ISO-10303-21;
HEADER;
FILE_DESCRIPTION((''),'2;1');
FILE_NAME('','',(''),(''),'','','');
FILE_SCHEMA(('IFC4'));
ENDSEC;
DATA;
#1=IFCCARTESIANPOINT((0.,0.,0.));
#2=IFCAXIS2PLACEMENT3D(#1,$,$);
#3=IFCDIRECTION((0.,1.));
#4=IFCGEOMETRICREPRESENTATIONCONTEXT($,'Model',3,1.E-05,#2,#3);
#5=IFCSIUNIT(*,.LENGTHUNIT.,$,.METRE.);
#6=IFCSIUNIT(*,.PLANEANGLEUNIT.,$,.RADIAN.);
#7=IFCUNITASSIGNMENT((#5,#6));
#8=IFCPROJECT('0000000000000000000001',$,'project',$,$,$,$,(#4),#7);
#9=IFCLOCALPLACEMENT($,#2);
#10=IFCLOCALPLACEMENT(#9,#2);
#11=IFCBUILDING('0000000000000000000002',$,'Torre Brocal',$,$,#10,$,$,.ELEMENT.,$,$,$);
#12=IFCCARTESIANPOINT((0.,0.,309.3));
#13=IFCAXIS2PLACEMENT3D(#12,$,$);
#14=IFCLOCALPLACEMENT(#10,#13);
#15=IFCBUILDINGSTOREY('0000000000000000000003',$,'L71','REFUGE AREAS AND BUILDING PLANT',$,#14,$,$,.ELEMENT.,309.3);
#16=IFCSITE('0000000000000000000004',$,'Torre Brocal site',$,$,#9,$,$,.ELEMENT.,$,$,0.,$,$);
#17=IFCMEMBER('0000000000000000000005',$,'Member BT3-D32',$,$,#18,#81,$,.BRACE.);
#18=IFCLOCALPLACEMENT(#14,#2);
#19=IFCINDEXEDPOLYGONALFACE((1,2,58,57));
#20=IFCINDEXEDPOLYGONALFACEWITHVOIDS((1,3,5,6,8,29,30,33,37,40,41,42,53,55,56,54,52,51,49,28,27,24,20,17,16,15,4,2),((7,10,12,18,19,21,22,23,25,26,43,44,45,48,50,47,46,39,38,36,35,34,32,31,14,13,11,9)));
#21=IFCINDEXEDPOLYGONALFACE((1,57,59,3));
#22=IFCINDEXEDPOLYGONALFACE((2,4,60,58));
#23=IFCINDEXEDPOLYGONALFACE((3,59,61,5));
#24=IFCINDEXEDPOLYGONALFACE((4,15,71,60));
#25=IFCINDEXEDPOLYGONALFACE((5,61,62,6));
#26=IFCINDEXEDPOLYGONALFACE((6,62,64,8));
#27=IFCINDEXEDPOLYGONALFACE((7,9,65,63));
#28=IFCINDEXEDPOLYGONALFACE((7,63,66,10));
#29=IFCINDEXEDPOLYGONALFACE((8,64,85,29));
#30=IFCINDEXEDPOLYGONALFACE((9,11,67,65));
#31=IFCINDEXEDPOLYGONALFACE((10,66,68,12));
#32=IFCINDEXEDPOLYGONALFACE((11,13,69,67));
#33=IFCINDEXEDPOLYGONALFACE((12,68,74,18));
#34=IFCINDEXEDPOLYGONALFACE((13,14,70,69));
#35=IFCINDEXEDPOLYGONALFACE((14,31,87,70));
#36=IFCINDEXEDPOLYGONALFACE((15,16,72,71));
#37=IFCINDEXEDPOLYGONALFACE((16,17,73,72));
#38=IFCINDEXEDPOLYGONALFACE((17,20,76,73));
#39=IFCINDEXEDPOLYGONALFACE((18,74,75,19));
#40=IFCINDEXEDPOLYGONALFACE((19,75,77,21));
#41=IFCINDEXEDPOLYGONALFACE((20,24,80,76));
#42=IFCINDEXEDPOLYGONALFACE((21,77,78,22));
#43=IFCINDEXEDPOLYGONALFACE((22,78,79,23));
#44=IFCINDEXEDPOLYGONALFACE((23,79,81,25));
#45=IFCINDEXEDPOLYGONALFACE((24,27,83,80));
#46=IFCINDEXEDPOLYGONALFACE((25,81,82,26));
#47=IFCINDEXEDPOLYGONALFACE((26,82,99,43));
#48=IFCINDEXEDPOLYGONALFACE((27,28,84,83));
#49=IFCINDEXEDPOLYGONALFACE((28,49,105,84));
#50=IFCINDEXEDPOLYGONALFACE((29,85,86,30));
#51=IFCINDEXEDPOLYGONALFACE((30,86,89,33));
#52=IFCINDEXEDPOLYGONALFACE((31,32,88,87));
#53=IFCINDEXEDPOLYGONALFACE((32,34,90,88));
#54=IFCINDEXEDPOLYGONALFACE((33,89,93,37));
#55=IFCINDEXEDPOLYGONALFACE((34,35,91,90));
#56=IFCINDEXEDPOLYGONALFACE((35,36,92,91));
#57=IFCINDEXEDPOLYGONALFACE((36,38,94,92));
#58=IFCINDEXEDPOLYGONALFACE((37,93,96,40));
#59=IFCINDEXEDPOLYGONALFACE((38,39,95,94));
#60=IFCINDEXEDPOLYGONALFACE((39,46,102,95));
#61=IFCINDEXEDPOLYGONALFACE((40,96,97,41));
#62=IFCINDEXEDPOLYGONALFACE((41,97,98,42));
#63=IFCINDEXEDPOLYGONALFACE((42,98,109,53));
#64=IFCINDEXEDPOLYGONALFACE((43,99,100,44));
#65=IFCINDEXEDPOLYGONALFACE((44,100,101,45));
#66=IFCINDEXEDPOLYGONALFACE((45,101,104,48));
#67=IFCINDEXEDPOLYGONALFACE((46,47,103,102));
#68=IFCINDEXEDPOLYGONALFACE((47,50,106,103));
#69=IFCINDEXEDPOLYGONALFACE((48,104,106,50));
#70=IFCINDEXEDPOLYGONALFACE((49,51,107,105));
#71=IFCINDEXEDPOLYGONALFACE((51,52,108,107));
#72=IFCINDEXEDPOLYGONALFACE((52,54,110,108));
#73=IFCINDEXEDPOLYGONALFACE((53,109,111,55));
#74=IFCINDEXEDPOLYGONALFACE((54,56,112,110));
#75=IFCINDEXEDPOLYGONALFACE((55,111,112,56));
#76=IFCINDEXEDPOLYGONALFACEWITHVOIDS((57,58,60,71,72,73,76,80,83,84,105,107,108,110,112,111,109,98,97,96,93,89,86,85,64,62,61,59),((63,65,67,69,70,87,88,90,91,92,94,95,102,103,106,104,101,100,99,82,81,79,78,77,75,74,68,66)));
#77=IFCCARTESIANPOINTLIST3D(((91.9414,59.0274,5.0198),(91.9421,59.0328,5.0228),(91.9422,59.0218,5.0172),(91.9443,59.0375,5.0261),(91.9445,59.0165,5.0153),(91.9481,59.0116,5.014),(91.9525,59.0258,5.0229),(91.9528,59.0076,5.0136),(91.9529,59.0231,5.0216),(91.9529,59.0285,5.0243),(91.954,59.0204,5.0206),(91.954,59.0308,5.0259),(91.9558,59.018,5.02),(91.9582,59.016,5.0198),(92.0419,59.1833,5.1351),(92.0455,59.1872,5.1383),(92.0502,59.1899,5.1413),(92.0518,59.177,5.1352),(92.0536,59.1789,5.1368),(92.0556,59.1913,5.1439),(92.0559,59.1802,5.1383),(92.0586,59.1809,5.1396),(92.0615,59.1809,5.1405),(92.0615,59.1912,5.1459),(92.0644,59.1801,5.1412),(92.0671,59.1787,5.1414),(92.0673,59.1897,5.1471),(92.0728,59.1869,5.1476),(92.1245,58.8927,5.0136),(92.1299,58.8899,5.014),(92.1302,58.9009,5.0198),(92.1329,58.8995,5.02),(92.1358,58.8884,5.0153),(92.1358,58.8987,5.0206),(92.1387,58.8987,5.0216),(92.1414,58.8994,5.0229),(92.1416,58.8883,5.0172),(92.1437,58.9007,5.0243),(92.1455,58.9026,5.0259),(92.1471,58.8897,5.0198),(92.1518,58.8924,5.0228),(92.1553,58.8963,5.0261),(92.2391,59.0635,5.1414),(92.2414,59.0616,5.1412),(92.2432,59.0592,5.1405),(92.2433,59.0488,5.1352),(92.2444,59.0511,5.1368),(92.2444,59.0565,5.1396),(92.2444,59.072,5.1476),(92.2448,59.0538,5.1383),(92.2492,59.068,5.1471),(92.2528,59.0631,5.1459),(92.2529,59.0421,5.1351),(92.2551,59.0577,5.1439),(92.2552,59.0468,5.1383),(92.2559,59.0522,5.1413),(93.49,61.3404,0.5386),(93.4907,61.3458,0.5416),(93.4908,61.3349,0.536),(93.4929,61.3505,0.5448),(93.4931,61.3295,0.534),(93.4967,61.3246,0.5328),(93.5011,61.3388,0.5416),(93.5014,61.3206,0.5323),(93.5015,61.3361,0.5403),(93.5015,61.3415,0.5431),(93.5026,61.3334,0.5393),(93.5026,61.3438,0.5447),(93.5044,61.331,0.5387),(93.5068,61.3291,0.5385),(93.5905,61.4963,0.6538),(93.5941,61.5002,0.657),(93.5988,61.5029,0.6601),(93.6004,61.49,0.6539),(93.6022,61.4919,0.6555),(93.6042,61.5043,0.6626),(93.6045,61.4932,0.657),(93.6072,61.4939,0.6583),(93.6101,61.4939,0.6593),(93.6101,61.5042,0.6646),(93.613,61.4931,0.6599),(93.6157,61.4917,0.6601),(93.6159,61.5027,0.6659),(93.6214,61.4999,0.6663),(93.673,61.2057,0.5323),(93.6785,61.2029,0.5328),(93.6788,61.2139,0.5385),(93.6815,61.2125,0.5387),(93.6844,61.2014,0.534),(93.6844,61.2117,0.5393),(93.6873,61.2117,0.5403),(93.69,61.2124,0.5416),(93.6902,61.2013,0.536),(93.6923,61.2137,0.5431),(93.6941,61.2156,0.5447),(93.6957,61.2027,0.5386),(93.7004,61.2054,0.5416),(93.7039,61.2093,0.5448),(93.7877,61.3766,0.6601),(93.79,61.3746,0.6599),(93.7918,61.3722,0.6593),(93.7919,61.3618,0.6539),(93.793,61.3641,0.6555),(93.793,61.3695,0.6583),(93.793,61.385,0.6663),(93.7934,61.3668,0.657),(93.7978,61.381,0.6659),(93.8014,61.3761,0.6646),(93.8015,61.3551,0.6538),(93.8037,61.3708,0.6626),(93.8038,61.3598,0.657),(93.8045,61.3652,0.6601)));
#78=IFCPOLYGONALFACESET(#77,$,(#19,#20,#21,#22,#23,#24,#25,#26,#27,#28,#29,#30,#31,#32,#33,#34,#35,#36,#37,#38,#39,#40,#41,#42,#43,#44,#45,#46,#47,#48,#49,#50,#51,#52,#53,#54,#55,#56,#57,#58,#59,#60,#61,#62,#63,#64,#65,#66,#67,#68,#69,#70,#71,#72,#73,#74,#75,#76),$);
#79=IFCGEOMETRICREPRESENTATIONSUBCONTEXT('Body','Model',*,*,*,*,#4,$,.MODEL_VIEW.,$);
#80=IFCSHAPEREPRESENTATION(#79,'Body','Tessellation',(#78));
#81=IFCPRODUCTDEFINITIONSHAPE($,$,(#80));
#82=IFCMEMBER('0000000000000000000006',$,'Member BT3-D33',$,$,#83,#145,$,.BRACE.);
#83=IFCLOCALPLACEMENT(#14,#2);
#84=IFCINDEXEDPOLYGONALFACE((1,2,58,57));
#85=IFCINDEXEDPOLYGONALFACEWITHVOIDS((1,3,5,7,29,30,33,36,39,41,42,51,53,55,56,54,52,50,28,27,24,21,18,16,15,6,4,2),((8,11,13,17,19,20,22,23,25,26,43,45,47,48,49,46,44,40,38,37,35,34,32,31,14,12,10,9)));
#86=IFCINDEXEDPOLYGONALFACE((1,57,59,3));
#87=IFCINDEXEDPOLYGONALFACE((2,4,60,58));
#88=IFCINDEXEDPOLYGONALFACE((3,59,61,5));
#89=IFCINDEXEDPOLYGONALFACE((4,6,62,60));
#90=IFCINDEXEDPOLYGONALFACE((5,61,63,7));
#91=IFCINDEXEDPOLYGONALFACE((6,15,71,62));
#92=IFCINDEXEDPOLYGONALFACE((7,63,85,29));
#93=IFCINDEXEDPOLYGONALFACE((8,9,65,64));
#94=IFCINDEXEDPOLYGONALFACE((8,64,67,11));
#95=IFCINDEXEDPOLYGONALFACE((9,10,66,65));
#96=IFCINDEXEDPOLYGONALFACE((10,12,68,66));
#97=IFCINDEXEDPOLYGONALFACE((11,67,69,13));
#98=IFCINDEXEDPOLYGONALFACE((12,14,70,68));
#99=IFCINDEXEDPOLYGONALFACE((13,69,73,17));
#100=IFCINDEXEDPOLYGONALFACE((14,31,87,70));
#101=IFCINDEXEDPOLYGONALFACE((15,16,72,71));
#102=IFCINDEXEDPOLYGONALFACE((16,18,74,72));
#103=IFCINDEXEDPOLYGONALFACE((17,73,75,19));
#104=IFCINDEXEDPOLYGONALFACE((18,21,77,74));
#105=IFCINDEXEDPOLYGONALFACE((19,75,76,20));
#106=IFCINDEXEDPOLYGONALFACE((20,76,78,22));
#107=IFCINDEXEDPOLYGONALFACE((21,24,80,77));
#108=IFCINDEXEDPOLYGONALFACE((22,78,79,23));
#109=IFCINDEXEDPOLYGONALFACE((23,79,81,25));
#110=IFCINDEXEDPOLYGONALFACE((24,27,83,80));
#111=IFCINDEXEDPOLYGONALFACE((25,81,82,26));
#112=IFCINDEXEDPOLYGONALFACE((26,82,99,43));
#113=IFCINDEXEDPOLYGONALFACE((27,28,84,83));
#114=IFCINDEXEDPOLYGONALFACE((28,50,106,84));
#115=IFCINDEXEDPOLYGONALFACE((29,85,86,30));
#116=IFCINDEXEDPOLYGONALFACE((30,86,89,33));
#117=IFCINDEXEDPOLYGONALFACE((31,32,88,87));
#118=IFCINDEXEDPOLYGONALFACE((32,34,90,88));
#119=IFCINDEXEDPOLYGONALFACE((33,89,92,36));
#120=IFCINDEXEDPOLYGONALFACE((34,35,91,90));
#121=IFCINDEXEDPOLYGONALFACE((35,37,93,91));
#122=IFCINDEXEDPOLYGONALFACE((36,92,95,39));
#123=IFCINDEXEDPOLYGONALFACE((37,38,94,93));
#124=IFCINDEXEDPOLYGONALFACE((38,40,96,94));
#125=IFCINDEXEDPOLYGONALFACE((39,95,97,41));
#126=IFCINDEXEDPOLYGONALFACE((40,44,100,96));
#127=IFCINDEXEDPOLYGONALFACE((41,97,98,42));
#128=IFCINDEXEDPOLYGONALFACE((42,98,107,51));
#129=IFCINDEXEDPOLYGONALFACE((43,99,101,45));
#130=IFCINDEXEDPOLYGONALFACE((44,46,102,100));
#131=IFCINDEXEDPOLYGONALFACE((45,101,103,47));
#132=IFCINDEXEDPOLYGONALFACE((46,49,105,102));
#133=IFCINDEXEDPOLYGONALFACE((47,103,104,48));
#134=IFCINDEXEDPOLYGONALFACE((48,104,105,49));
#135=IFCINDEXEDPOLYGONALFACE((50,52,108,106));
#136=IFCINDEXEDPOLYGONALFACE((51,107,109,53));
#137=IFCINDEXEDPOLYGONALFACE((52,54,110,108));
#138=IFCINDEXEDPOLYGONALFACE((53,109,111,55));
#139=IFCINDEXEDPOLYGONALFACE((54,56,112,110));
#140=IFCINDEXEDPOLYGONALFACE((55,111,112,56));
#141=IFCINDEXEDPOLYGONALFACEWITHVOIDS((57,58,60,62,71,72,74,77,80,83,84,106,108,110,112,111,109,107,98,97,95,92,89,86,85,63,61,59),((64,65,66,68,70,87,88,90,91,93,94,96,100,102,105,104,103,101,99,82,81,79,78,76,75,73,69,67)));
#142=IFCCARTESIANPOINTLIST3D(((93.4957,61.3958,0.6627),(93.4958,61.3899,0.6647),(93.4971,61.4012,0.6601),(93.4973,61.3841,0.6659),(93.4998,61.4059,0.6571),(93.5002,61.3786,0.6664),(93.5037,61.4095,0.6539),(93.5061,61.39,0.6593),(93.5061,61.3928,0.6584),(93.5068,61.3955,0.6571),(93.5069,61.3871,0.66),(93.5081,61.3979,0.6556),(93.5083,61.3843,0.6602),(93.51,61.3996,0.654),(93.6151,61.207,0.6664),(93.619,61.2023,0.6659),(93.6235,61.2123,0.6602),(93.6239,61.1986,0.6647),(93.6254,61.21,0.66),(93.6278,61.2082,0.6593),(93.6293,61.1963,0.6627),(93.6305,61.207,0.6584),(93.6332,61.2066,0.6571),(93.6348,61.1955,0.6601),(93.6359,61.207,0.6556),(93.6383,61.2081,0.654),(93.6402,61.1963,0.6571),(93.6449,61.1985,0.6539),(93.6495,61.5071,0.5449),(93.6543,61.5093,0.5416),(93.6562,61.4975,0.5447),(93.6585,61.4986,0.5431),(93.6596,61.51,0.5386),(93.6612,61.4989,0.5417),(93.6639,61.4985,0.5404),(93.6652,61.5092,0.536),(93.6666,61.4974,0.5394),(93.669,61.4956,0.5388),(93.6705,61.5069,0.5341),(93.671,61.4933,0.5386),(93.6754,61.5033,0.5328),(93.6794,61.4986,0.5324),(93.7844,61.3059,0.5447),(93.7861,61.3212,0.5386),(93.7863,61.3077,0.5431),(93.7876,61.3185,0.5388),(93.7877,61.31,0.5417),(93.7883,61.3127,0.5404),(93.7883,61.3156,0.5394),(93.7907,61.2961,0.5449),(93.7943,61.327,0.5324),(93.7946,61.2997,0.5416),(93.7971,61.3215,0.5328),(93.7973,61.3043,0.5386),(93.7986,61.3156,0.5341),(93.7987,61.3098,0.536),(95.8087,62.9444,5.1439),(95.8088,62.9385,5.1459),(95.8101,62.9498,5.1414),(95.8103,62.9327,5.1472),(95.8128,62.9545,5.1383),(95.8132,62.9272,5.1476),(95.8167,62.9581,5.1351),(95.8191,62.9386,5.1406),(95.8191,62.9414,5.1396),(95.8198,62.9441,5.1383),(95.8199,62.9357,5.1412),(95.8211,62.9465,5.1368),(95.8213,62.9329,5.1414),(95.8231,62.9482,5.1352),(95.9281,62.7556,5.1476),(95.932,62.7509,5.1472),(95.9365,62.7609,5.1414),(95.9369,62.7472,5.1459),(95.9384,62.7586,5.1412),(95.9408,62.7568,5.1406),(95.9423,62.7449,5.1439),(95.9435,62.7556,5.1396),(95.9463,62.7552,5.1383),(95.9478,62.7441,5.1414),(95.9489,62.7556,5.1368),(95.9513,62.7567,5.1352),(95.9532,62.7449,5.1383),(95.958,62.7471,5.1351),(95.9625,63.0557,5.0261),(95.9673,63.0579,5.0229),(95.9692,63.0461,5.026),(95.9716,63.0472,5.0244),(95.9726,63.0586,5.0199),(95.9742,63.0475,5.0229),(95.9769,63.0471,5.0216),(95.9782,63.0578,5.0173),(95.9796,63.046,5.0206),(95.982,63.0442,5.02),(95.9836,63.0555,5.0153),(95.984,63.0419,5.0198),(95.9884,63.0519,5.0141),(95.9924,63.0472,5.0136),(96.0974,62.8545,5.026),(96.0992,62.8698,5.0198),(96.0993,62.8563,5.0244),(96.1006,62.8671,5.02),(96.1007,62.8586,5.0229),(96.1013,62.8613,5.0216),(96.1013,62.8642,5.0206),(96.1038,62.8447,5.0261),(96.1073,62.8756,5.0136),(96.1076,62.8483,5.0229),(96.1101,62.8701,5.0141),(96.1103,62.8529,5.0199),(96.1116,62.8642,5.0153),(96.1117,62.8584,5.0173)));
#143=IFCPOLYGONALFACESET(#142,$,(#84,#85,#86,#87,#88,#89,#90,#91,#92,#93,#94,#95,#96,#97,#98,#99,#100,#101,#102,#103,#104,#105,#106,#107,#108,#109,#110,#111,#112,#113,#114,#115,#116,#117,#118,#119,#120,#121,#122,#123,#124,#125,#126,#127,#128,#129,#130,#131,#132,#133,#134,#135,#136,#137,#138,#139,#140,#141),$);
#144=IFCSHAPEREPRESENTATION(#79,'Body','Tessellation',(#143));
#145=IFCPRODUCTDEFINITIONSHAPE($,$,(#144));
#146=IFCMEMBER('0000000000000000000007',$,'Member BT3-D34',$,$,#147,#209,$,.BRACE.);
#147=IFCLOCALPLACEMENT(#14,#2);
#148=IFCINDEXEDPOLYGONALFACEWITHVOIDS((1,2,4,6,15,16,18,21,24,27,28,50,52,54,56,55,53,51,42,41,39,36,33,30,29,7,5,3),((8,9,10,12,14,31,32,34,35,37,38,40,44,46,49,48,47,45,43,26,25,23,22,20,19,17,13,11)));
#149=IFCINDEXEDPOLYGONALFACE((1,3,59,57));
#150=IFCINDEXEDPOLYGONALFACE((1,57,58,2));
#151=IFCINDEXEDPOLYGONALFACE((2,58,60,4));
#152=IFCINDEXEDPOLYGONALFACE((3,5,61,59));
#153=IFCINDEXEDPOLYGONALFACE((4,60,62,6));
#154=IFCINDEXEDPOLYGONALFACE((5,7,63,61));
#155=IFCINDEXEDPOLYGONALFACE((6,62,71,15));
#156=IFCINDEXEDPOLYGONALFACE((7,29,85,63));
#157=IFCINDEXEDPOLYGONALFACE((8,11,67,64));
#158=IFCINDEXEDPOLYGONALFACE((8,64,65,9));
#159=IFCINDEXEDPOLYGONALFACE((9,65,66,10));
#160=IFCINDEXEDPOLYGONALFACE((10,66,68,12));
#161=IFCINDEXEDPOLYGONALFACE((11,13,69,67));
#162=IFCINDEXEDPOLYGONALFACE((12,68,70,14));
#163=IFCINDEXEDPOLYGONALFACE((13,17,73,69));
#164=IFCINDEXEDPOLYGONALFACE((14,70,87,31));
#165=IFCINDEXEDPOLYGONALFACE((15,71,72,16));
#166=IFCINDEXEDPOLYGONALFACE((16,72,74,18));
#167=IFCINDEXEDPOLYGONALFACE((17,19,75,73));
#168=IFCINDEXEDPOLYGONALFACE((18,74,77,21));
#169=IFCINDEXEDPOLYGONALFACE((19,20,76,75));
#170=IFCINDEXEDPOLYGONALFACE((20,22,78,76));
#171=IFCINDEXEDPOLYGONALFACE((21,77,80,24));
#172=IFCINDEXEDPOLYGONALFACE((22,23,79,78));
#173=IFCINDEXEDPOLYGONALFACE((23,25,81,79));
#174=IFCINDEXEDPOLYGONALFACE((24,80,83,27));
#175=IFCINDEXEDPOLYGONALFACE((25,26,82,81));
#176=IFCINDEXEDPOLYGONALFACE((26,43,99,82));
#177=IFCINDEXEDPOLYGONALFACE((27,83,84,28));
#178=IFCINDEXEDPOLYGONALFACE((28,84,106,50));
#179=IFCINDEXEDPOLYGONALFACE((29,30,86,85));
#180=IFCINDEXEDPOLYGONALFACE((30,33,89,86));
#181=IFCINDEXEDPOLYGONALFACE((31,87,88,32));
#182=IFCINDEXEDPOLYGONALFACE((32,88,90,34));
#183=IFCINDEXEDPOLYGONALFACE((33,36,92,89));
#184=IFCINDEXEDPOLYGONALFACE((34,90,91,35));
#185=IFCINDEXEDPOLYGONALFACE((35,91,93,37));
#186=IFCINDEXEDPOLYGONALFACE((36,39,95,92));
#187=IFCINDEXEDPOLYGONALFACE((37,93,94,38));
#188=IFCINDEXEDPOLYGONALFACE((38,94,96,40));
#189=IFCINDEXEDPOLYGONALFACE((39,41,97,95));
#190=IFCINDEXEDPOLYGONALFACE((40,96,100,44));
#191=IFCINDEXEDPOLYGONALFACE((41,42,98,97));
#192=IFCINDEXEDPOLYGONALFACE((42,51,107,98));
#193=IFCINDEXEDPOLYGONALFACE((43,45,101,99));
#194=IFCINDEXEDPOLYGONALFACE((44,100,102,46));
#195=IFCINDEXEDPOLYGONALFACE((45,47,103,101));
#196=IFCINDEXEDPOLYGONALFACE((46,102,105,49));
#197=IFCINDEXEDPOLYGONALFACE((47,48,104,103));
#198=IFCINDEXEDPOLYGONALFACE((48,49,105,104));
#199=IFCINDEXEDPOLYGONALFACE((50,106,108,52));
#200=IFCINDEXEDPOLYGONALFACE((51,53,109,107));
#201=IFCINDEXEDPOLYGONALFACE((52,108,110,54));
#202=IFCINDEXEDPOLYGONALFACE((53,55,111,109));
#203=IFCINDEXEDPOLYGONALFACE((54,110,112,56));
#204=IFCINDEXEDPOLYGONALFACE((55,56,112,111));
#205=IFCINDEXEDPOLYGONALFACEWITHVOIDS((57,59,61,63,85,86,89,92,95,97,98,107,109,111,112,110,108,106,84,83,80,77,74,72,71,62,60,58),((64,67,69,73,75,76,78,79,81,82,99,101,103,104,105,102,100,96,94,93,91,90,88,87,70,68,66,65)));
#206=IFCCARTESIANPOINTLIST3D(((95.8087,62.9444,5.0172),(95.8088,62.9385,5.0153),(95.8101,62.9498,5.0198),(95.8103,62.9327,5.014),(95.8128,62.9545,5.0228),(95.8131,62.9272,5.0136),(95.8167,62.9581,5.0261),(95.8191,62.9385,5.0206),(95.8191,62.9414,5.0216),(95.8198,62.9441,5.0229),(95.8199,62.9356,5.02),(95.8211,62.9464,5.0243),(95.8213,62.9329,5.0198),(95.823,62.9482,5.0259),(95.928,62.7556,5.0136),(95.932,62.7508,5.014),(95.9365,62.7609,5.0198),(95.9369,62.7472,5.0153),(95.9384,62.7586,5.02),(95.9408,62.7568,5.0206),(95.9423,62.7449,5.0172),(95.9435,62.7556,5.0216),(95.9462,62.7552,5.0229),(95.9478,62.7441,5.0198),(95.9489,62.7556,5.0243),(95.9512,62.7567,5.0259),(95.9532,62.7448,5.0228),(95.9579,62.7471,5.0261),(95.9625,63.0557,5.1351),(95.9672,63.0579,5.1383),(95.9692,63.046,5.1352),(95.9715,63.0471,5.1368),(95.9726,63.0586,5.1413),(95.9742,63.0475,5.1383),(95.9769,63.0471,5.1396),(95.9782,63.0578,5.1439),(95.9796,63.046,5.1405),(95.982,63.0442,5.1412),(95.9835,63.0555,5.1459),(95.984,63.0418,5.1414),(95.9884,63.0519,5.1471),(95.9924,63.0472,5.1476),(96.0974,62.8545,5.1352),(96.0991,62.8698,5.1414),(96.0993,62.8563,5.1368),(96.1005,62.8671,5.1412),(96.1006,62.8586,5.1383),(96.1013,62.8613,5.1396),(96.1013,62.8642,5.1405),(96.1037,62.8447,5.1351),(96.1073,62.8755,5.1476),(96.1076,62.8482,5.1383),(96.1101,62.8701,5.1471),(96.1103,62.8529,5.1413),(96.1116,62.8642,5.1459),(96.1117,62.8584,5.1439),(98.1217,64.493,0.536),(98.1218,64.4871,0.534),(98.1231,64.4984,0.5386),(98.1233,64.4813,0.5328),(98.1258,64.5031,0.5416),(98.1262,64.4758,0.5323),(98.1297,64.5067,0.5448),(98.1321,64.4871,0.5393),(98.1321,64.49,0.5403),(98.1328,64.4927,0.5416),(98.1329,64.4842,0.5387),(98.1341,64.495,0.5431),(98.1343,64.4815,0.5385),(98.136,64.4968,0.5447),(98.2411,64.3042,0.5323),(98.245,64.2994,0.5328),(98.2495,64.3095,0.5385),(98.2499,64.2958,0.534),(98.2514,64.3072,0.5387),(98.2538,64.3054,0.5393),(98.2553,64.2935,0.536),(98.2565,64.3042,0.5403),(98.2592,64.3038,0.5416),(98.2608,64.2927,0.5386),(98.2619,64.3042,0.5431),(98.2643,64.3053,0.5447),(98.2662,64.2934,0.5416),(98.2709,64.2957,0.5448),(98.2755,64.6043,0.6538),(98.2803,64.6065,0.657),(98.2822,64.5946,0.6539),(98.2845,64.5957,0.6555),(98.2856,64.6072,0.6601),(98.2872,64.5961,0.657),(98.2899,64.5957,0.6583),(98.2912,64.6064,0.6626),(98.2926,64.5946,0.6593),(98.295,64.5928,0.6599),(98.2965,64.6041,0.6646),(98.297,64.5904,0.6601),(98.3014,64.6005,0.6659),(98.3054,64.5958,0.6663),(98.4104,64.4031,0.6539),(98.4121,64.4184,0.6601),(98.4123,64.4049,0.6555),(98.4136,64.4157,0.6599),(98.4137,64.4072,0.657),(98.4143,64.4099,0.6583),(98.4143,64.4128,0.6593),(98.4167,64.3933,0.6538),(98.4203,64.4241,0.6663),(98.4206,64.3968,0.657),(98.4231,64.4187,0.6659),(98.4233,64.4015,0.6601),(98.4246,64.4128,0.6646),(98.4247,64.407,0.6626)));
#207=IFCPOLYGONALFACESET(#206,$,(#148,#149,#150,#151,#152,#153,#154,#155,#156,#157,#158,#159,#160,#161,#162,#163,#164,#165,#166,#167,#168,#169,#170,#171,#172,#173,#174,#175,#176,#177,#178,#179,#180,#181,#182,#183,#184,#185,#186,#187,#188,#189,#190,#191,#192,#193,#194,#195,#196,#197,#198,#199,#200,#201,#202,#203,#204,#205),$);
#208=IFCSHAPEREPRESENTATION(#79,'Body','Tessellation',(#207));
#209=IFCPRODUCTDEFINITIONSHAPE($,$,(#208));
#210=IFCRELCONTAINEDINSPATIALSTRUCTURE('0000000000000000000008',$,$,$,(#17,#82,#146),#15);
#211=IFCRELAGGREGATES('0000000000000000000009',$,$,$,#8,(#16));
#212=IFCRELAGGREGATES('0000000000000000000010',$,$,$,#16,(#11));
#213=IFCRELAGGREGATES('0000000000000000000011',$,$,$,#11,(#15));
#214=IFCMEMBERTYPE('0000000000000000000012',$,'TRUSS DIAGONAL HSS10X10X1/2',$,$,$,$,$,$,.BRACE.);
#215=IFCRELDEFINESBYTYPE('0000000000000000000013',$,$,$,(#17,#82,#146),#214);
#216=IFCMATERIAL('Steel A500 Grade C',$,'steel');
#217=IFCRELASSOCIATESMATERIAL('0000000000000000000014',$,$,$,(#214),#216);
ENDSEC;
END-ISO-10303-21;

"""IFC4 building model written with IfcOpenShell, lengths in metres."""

from ifc_helpers import new_model, si_unit, direction, frame, origin, origin_2d, place, context, subcontext, project, spatial, hollow_rectangle, extrude, material, material_profile, profile_set, type_object, element, save


model = new_model("IFC4")

# Units and contexts
model_context = context("Model", 3, precision=1e-05, world=origin(), true_north=direction((0.0, 1.0)))
body_context = subcontext(model_context, "Body", "Model", "MODEL_VIEW")
ifc_project = project(units=[si_unit("LENGTHUNIT", "METRE"), si_unit("PLANEANGLEUNIT", "RADIAN")], contexts=[model_context])

# Site, building, storey
site_placement = place(None, origin())
site = spatial("IfcSite", under=ifc_project, at=site_placement, Name="Torre Brocal site", CompositionType="ELEMENT", RefElevation=0.0)
building_placement = place(site_placement, origin())
building = spatial("IfcBuilding", under=site, at=building_placement, Name="Torre Brocal", CompositionType="ELEMENT")
storey_placement = place(building_placement, frame((0.0, 0.0, 309.3)))
storey = spatial("IfcBuildingStorey", under=building, at=storey_placement, Name="L71", Description="REFUGE AREAS AND BUILDING PLANT", CompositionType="ELEMENT", Elevation=309.3)

# Members
ifc_material_1 = material(Name="Steel A500 Grade C", Category="steel")
ifc_material_profile_1 = material_profile(ifc_material_1, hollow_rectangle(XDim=0.2539, YDim=0.2539, WallThickness=0.0117, InnerFilletRadius=0.0117, OuterFilletRadius=0.0237, at=origin_2d()), Name="HSS10X10X1/2")
ifc_profile_set_1 = profile_set([ifc_material_profile_1], Name="Steel A500 Grade C")
member_type_1 = type_object("IfcMemberType", Name="TRUSS DIAGONAL HSS10X10X1/2", PredefinedType="BRACE", material=ifc_profile_set_1)
for number, where, z_axis, x_axis, name in (
    (1, (92.0986, 59.0398, 5.0806), (0.293552, 0.438453, -0.849462), (-0.830956, 0.556339, 0.0), "Member BT3-D32"),
    (2, (93.6472, 61.3528, 0.5994), (0.438453, 0.293552, 0.849462), (-0.556339, 0.830956, 0.0), "Member BT3-D33"),
    (3, (95.9602, 62.9014, 5.0806), (0.438453, 0.293552, -0.849462), (-0.556339, 0.830956, 0.0), "Member BT3-D34"),
):
    element("IfcMember", number, at=place(storey_placement, frame(where, z_axis=z_axis, x_axis=x_axis)), inside=storey, type_object=member_type_1, Name=name, PredefinedType="BRACE", context=body_context, shape_type="SweptSolid", body=[
        extrude(hollow_rectangle(XDim=0.2539, YDim=0.2539, WallThickness=0.0117, InnerFilletRadius=0.0117, OuterFilletRadius=0.0237, at=origin_2d()), origin(), (0.0, 0.0, 1.0), 5.2754),
    ])

save(model, "model.ifc")
